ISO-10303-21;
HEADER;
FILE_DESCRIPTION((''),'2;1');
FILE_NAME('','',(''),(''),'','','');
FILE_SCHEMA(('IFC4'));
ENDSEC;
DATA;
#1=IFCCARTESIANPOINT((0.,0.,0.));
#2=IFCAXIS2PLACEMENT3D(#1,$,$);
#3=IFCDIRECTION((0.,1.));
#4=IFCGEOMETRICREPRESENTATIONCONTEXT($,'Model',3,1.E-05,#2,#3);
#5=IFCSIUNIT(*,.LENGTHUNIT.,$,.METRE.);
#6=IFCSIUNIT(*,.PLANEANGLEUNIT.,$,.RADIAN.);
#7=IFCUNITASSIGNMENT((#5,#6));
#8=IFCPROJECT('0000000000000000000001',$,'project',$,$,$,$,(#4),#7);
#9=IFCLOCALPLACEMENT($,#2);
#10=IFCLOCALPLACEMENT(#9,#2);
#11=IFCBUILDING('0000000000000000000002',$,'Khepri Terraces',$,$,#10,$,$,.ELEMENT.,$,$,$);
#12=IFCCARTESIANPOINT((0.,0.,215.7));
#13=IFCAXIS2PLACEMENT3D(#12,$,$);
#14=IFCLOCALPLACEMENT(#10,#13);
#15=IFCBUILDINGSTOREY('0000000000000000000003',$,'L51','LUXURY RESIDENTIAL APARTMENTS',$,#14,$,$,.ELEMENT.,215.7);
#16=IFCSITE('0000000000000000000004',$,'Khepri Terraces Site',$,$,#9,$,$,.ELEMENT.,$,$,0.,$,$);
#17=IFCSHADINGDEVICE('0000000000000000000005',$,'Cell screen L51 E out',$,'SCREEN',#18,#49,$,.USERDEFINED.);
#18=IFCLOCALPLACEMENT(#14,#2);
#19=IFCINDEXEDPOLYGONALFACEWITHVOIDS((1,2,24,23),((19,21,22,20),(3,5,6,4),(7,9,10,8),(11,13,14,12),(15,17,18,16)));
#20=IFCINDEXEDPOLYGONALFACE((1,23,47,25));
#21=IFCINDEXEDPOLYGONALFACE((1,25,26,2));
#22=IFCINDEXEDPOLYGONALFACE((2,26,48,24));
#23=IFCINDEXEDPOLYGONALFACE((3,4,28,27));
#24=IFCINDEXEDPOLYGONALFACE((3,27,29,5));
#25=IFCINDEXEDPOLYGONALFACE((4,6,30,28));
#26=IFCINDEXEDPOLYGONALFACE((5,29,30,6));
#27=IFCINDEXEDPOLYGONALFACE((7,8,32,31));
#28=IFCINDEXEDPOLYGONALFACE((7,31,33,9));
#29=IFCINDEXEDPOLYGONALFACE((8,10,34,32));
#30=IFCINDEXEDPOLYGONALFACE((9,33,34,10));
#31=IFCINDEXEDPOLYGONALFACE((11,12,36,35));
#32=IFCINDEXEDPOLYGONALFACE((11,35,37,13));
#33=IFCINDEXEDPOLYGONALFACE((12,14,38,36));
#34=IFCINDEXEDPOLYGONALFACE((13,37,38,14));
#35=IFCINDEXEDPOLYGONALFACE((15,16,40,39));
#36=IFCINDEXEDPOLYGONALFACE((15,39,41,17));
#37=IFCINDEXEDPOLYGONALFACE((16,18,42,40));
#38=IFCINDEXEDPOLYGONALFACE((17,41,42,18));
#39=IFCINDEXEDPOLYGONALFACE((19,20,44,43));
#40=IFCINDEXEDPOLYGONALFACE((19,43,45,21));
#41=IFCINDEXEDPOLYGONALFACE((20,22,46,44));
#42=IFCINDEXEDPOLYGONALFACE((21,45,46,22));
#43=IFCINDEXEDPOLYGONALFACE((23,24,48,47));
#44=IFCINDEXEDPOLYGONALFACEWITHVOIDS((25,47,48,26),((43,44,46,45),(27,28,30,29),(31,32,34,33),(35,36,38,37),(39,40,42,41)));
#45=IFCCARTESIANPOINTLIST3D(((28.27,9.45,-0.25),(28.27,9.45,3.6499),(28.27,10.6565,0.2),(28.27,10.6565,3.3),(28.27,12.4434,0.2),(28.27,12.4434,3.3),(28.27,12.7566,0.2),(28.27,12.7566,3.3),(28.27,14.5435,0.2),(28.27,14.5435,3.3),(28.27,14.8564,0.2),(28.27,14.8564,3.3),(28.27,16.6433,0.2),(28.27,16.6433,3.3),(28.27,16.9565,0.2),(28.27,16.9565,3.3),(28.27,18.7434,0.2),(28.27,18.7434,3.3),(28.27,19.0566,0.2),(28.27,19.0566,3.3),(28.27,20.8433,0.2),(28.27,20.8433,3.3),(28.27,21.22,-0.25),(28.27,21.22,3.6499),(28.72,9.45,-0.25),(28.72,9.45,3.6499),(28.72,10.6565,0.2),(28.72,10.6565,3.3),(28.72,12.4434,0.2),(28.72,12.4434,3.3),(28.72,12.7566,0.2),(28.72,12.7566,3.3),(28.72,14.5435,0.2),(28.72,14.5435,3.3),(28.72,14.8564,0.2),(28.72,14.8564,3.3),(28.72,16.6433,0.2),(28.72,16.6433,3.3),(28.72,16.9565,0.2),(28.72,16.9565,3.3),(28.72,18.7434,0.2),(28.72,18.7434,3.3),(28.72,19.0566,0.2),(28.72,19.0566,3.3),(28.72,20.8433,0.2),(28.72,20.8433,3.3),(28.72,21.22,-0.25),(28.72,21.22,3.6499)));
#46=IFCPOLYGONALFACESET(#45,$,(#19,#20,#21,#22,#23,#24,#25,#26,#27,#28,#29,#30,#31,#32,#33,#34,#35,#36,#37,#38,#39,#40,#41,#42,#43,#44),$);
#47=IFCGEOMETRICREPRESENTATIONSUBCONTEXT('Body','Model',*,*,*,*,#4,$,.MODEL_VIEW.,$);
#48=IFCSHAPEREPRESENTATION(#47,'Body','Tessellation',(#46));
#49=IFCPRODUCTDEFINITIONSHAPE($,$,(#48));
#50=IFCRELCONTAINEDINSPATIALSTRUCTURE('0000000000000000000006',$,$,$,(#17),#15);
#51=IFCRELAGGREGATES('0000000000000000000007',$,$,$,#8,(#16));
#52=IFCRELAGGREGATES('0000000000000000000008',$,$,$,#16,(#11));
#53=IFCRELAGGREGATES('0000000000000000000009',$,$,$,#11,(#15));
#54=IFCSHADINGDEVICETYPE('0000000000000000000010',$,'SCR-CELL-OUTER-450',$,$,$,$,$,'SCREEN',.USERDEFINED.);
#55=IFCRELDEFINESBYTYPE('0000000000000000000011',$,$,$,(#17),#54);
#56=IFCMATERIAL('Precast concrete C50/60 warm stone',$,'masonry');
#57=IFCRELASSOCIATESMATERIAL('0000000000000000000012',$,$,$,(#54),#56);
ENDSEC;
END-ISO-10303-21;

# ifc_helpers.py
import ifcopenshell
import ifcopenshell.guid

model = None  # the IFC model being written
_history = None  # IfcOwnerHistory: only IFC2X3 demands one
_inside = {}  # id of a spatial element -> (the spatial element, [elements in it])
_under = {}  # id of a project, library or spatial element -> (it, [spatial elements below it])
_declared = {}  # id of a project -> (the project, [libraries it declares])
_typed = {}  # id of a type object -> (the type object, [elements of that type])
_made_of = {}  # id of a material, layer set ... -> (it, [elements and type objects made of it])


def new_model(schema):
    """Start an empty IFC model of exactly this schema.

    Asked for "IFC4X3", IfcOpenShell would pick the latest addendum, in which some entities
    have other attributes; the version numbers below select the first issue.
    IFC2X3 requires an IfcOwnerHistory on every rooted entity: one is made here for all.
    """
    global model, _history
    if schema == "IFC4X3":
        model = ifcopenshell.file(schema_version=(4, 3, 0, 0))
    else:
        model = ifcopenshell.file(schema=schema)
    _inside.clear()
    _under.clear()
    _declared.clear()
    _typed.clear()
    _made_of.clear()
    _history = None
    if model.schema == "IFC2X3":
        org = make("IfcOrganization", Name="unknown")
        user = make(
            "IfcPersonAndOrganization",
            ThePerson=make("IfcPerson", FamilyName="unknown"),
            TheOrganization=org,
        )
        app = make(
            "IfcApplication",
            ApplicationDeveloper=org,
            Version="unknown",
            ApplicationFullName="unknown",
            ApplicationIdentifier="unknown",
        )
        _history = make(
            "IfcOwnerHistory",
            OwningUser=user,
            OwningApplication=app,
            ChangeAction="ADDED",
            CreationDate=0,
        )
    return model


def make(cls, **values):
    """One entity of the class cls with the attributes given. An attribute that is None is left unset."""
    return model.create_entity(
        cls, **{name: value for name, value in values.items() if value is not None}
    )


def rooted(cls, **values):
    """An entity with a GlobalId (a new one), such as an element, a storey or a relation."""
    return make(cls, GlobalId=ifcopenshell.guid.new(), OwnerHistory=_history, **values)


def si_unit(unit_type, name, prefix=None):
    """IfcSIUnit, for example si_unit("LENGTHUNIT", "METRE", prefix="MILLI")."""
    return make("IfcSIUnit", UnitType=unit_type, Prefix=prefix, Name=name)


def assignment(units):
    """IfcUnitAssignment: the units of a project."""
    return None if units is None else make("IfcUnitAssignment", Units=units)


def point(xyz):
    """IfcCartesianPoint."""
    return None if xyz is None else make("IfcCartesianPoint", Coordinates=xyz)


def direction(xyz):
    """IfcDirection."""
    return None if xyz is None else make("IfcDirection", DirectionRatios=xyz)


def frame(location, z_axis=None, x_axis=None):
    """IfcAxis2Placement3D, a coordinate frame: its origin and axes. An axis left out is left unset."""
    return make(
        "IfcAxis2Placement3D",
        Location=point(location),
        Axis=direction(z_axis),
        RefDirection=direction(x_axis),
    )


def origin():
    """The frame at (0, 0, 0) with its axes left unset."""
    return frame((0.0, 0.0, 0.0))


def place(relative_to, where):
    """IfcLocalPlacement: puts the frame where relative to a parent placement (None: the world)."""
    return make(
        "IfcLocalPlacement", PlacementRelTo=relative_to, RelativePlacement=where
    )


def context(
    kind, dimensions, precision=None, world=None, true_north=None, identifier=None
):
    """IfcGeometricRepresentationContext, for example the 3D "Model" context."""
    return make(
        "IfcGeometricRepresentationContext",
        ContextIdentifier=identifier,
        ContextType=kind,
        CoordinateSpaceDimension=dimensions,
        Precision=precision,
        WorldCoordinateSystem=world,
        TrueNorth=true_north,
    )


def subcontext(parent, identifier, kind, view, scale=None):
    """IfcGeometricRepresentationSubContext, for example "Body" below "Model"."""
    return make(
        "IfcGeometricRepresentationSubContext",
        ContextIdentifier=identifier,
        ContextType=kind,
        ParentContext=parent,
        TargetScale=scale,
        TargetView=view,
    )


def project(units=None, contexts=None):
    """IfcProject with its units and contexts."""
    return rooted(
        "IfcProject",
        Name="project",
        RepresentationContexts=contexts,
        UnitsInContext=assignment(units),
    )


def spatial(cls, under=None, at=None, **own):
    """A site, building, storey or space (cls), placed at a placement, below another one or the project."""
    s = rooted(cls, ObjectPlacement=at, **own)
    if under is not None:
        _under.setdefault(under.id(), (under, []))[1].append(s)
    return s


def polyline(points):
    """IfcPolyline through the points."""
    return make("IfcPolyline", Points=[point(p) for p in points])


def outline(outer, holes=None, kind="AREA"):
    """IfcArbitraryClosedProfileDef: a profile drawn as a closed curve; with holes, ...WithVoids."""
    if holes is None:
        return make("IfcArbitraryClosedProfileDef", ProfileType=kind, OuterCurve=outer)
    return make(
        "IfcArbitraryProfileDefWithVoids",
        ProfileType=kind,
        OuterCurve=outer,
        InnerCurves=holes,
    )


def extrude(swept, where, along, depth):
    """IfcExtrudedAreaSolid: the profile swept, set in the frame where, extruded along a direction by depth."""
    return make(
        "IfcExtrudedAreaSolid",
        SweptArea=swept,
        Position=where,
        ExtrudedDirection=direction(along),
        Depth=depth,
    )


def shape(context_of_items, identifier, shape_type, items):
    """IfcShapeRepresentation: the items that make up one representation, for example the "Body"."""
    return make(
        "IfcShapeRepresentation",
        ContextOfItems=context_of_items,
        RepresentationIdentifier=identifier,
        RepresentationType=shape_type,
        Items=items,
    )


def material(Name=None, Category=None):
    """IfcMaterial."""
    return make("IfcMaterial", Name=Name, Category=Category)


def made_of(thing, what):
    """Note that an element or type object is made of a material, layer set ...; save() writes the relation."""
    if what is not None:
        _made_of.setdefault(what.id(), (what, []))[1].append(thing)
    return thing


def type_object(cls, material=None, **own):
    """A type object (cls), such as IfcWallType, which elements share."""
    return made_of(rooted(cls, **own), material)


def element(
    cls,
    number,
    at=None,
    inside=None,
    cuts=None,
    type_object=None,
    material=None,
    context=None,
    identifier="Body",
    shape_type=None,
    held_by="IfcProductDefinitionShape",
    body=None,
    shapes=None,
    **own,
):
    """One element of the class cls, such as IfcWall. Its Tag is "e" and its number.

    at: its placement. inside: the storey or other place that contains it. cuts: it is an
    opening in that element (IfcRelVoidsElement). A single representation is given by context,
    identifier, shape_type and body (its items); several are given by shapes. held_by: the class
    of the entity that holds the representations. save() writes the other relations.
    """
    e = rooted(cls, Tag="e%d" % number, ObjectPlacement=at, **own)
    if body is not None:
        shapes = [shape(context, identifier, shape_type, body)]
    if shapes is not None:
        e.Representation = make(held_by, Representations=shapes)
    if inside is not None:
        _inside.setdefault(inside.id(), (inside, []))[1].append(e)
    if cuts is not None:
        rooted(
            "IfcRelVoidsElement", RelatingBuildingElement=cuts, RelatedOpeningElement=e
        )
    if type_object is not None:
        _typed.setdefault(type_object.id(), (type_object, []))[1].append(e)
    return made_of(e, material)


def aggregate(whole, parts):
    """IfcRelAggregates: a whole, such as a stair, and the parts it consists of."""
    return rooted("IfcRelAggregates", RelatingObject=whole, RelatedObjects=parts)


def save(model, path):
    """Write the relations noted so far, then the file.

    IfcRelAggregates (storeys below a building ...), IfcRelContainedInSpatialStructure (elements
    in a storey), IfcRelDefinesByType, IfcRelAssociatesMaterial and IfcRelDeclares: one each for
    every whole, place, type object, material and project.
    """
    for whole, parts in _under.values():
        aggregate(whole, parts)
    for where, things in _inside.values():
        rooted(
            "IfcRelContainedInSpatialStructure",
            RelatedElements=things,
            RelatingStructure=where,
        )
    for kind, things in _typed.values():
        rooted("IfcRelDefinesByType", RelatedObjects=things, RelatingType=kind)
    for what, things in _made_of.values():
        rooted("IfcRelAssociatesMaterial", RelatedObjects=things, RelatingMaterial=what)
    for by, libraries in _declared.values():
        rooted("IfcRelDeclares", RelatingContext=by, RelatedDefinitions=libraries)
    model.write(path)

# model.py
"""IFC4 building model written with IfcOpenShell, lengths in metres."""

from ifc_helpers import new_model, si_unit, direction, frame, origin, place, context, subcontext, project, spatial, polyline, outline, extrude, material, type_object, element, save


model = new_model("IFC4")

# Units and contexts
model_context = context("Model", 3, precision=1e-05, world=origin(), true_north=direction((0.0, 1.0)))
body_context = subcontext(model_context, "Body", "Model", "MODEL_VIEW")
ifc_project = project(units=[si_unit("LENGTHUNIT", "METRE"), si_unit("PLANEANGLEUNIT", "RADIAN")], contexts=[model_context])

# Site, building, storey
site_placement = place(None, origin())
site = spatial("IfcSite", under=ifc_project, at=site_placement, Name="Khepri Terraces Site", CompositionType="ELEMENT", RefElevation=0.0)
building_placement = place(site_placement, origin())
building = spatial("IfcBuilding", under=site, at=building_placement, Name="Khepri Terraces", CompositionType="ELEMENT")
storey_placement = place(building_placement, frame((0.0, 0.0, 215.7)))
storey = spatial("IfcBuildingStorey", under=building, at=storey_placement, Name="L51", Description="LUXURY RESIDENTIAL APARTMENTS", CompositionType="ELEMENT", Elevation=215.7)

# Shared definitions
ifc_material_1 = material(Name="Precast concrete C50/60 warm stone", Category="masonry")

# Shading device
shading_device_type_1 = type_object("IfcShadingDeviceType", Name="SCR-CELL-OUTER-450", ElementType="SCREEN", PredefinedType="USERDEFINED", material=ifc_material_1)
shading_device_1_placement = place(storey_placement, frame((28.27, 9.45, -0.25), z_axis=(1.0, 0.0, 0.0), x_axis=(0.0, 1.0, 0.0)))
element("IfcShadingDevice", 1, at=shading_device_1_placement, inside=storey, type_object=shading_device_type_1, Name="Cell screen L51 E out", ObjectType="SCREEN", PredefinedType="USERDEFINED", context=body_context, shape_type="SweptSolid", body=[
    extrude(outline(polyline([(0.0, 0.0), (11.77, 0.0), (11.77, 3.8999), (0.0, 3.8999), (0.0, 0.0)]), holes=[polyline([(1.2065, 0.45), (2.9934, 0.45), (2.9934, 3.55), (1.2065, 3.55), (1.2065, 0.45)]), polyline([(3.3066, 0.45), (5.0935, 0.45), (5.0935, 3.55), (3.3066, 3.55), (3.3066, 0.45)]), polyline([(5.4065, 0.45), (7.1934, 0.45), (7.1934, 3.55), (5.4065, 3.55), (5.4065, 0.45)]), polyline([(7.5066, 0.45), (9.2935, 0.45), (9.2935, 3.55), (7.5066, 3.55), (7.5066, 0.45)]), polyline([(9.6067, 0.45), (11.3933, 0.45), (11.3933, 3.55), (9.6067, 3.55), (9.6067, 0.45)])]), origin(), (0.0, 0.0, 1.0), 0.45),
])

save(model, "model.ifc")
